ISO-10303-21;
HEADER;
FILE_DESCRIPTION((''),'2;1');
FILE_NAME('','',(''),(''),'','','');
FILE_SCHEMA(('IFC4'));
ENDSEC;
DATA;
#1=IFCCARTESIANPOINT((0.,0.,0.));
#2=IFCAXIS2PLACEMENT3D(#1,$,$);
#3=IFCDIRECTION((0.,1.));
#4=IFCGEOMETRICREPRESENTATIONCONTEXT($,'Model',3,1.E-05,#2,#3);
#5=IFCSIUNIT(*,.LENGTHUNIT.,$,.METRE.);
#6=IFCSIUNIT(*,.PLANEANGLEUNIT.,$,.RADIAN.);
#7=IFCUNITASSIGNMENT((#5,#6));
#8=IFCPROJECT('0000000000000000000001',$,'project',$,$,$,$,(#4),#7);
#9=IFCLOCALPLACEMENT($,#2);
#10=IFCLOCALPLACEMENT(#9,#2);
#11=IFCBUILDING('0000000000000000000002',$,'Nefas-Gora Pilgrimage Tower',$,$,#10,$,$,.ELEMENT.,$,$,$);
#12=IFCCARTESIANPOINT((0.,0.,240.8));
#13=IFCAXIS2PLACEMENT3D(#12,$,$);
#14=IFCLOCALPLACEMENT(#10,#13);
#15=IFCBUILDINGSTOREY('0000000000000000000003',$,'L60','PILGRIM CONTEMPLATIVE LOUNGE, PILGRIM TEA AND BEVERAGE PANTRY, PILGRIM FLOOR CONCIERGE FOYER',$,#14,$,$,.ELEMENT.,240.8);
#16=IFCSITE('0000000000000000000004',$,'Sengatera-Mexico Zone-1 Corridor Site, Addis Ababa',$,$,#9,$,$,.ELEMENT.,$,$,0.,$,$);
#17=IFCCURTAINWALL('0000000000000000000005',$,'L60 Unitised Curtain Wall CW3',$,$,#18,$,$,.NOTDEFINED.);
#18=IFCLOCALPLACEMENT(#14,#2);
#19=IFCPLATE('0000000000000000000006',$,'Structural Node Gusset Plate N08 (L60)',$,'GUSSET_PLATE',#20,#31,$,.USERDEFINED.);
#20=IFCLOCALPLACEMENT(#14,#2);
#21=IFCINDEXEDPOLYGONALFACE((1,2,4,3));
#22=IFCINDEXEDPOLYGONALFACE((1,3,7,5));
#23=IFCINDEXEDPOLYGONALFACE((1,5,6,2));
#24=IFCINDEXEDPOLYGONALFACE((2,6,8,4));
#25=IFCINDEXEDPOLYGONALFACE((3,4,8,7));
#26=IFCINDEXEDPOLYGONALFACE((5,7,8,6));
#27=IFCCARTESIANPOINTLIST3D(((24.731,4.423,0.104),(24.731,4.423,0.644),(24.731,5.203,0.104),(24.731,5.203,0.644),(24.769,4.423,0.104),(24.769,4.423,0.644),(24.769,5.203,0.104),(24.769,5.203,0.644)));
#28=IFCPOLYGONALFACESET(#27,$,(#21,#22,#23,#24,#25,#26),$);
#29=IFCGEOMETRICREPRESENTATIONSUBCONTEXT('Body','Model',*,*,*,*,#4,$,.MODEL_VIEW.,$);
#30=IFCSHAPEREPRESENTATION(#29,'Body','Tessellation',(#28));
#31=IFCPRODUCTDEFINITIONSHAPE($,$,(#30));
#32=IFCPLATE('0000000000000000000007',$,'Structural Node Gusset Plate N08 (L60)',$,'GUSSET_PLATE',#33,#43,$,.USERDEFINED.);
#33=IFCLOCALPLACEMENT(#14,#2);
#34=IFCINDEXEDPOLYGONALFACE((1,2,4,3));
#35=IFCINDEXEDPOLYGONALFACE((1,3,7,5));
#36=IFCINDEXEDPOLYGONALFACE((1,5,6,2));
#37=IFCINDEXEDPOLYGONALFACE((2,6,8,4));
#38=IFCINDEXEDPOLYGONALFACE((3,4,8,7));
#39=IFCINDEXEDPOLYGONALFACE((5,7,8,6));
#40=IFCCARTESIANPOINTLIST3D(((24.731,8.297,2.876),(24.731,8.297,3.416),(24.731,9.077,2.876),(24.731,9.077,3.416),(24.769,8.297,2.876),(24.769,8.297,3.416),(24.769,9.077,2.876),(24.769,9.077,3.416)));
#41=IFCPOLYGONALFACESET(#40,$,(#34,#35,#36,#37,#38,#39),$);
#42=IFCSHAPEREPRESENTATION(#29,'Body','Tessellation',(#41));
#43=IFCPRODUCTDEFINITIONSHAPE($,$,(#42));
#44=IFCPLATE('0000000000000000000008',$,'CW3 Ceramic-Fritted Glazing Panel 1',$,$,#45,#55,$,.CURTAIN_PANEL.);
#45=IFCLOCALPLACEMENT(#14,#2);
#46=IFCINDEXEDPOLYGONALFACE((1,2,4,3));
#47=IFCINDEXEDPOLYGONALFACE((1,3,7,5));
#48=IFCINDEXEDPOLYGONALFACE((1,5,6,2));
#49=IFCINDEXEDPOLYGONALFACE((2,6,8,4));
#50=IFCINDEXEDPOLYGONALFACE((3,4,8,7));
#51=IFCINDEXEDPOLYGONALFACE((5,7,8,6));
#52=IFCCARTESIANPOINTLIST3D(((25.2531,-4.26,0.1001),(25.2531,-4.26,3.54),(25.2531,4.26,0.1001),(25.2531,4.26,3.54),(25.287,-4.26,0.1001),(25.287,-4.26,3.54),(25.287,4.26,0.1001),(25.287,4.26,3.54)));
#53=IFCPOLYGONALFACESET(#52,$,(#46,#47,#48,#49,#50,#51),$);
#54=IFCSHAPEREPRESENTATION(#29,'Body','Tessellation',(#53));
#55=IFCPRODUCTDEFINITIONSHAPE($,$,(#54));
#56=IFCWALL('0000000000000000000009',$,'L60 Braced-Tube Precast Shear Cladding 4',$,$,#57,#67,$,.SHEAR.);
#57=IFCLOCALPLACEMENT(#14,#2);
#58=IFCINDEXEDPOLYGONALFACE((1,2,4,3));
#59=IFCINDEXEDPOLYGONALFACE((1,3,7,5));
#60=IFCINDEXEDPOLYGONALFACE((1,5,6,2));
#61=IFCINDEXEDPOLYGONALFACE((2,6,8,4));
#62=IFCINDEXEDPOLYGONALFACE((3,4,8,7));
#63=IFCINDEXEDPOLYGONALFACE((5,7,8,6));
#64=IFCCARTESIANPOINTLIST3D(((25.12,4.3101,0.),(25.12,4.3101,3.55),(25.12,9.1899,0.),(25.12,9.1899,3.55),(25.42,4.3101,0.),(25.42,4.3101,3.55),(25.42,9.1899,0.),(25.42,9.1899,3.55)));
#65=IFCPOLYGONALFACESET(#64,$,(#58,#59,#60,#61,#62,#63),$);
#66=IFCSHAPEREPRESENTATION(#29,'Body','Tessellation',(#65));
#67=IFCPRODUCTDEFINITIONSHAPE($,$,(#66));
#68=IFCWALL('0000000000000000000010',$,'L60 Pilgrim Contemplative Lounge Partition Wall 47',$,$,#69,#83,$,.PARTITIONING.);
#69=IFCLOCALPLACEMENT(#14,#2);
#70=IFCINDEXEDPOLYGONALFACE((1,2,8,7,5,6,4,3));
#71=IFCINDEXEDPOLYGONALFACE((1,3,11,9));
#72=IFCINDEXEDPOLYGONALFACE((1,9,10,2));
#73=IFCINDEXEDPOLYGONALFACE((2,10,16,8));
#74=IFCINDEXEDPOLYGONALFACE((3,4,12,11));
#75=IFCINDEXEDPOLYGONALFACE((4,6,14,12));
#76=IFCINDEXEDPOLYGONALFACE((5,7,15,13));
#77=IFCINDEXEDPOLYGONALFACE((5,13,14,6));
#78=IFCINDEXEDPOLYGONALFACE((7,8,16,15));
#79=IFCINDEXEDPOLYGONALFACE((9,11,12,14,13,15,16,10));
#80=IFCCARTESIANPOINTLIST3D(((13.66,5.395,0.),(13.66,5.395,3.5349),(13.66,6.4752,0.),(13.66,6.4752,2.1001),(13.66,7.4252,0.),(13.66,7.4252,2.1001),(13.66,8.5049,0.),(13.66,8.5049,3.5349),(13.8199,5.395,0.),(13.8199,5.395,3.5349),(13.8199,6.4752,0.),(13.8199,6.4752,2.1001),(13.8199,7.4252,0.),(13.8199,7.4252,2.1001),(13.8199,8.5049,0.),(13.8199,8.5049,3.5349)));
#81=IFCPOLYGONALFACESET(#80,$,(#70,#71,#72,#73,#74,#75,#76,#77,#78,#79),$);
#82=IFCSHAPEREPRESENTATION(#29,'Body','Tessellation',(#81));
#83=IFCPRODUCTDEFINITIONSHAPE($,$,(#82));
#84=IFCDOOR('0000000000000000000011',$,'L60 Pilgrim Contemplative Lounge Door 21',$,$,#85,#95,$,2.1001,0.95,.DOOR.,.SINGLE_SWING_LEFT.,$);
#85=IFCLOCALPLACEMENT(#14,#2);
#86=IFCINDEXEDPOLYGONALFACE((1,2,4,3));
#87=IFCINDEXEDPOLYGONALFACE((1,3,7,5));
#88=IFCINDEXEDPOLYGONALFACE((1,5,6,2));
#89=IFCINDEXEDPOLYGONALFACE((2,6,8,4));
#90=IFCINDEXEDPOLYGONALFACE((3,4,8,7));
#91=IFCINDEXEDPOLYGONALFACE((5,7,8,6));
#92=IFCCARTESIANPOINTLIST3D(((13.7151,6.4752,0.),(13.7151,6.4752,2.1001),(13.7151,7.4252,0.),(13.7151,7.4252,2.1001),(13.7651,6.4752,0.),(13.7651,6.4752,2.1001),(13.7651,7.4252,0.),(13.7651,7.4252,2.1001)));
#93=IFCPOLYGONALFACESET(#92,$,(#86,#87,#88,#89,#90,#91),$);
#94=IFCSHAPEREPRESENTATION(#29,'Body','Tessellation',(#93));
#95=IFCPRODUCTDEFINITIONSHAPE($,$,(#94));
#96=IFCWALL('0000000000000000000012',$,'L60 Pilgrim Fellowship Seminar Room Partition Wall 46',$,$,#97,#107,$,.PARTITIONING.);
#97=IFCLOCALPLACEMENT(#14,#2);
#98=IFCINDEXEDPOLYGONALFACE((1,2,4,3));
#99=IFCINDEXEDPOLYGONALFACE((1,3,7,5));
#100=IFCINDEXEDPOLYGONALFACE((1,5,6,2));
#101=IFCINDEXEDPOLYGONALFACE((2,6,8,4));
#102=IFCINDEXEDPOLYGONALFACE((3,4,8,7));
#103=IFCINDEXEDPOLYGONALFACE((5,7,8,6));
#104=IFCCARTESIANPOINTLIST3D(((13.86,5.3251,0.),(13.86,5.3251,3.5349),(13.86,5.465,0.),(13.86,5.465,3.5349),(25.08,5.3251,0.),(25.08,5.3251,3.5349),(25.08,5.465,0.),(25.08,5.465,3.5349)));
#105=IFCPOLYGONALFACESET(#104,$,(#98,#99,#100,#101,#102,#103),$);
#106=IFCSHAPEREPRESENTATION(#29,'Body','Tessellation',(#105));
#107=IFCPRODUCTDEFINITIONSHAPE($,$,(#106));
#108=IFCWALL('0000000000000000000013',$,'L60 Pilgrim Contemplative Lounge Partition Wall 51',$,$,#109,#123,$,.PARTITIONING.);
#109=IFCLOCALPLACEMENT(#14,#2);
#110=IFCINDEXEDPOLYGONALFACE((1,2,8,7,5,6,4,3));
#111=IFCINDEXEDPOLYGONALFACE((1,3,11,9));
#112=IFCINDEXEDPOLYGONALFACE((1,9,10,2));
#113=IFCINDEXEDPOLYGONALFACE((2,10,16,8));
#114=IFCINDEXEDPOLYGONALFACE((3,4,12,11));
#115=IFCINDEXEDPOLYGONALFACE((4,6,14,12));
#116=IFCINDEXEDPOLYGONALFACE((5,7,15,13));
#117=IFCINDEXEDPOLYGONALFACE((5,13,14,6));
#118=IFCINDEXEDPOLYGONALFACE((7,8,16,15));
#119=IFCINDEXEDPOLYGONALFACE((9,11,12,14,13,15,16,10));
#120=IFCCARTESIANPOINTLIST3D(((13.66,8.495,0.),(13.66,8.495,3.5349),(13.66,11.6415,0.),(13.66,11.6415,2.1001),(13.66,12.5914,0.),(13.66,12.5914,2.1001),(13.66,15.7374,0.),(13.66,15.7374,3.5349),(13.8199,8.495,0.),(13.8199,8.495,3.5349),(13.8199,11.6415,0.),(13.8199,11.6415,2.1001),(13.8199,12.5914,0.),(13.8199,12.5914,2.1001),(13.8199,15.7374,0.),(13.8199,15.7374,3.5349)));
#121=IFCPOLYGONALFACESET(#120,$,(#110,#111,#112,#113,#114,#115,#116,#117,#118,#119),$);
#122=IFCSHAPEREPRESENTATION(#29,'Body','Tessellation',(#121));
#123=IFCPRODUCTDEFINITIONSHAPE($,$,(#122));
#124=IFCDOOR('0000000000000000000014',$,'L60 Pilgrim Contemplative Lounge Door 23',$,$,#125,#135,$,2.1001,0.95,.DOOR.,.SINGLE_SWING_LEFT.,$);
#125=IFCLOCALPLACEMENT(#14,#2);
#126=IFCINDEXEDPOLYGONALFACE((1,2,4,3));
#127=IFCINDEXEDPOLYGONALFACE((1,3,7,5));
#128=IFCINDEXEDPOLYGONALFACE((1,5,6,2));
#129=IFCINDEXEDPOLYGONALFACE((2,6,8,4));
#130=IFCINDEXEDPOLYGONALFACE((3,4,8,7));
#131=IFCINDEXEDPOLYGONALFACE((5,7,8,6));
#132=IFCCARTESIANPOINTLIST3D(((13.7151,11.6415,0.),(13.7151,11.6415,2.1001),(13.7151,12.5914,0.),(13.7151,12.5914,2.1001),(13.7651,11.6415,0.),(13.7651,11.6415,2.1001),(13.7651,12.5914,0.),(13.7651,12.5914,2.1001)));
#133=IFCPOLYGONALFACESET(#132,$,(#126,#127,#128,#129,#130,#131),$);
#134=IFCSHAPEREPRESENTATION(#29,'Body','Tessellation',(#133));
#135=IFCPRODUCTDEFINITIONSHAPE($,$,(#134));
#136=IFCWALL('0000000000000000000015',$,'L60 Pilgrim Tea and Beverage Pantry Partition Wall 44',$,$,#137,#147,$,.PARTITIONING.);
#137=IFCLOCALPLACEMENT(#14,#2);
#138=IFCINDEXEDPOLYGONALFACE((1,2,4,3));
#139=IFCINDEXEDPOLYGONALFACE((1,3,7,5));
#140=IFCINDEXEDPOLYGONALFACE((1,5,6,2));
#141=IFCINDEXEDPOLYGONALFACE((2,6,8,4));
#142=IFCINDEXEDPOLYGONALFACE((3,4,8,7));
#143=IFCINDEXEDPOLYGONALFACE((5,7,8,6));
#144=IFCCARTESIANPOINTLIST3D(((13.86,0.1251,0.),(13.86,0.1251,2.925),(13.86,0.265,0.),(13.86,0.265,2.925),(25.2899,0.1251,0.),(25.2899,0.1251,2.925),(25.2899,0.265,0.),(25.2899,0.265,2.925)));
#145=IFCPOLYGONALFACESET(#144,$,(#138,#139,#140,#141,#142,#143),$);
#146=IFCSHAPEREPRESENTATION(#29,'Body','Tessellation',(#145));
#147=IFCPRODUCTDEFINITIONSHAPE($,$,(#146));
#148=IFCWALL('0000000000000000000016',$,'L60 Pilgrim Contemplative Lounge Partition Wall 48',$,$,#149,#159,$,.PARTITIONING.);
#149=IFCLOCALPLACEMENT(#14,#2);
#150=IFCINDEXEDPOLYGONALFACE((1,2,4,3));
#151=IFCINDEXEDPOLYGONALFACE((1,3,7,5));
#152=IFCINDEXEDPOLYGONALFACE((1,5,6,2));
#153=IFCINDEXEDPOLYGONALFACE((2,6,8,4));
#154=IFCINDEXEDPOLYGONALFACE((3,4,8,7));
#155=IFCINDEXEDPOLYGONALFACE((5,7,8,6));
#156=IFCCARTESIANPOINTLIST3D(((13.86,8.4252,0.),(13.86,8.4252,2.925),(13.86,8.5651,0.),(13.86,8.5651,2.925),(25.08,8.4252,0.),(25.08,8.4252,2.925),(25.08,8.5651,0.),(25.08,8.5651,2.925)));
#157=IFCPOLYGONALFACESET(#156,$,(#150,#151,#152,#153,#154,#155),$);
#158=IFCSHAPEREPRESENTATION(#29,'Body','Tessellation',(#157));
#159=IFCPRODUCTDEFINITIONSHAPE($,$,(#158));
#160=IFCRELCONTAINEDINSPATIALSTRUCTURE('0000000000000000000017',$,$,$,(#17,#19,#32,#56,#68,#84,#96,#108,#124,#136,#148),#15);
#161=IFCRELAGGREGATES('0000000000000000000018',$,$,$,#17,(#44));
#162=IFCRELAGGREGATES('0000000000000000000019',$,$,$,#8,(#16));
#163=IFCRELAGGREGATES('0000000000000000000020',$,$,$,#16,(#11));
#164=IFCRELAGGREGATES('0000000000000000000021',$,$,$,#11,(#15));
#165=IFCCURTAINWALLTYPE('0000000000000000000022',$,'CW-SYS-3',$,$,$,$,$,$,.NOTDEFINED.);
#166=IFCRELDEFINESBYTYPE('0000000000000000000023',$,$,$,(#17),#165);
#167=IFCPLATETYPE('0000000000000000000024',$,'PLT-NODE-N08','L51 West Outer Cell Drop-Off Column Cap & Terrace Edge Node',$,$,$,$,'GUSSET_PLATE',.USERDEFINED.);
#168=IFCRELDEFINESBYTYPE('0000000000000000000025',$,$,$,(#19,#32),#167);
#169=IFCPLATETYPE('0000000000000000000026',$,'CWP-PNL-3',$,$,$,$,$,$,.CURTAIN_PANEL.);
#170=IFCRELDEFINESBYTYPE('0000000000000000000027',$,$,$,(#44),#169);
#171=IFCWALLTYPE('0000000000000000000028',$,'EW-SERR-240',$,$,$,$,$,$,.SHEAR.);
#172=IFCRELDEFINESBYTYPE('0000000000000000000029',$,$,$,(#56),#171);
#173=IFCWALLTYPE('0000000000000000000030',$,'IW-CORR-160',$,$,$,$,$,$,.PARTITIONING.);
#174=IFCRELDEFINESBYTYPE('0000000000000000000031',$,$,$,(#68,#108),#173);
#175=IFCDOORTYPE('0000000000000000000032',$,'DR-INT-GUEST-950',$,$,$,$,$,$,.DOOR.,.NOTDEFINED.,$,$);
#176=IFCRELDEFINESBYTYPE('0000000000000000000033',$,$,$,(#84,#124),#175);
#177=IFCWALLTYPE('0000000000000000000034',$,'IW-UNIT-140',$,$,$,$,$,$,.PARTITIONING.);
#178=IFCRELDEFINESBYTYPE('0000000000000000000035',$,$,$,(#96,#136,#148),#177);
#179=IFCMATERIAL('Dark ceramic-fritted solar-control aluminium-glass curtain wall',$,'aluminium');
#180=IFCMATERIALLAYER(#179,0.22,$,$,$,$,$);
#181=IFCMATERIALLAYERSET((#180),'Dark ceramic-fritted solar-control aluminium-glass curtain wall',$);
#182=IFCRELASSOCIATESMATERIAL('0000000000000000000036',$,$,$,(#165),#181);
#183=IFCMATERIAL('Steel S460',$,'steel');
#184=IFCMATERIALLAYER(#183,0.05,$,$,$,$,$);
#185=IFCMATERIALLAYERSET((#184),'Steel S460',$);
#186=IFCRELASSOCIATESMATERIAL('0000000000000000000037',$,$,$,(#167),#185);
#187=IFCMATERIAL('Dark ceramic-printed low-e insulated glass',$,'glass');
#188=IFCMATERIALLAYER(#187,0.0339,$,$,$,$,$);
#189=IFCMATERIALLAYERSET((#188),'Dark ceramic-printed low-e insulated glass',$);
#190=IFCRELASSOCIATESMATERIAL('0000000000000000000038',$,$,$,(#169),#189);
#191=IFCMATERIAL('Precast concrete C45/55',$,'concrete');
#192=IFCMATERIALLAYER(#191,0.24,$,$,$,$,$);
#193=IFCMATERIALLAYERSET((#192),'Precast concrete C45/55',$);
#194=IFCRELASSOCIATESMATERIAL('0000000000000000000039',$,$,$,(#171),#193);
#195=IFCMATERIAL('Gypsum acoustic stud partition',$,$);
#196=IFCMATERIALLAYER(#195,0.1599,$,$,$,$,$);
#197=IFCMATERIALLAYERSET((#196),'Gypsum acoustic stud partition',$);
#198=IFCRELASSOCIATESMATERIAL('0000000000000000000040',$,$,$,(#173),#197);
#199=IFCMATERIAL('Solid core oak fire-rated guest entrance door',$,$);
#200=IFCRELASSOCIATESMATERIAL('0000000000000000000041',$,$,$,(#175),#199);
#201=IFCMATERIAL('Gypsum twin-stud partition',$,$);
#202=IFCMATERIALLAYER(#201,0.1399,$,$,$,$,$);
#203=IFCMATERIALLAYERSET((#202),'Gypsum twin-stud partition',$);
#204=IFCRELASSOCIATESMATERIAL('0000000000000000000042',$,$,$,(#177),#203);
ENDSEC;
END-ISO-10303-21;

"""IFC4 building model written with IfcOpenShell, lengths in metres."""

from ifc_helpers import new_model, si_unit, direction, frame, frame_2d, origin, origin_2d, place, context, subcontext, project, spatial, rectangle, extrude, source, transform, mapped, material, layer, layer_set, type_object, element, fill, aggregate, save


model = new_model("IFC4")

# Units and contexts
model_context = context("Model", 3, precision=1e-05, world=origin(), true_north=direction((0.0, 1.0)))
body_context = subcontext(model_context, "Body", "Model", "MODEL_VIEW")
ifc_project = project(units=[si_unit("LENGTHUNIT", "METRE"), si_unit("PLANEANGLEUNIT", "RADIAN")], contexts=[model_context])

# Site, building, storey
site_placement = place(None, origin())
site = spatial("IfcSite", under=ifc_project, at=site_placement, Name="Sengatera-Mexico Zone-1 Corridor Site, Addis Ababa", CompositionType="ELEMENT", RefElevation=0.0)
building_placement = place(site_placement, origin())
building = spatial("IfcBuilding", under=site, at=building_placement, Name="Nefas-Gora Pilgrimage Tower", CompositionType="ELEMENT")
storey_placement = place(building_placement, frame((0.0, 0.0, 240.8)))
storey = spatial("IfcBuildingStorey", under=building, at=storey_placement, Name="L60", Description="PILGRIM CONTEMPLATIVE LOUNGE, PILGRIM TEA AND BEVERAGE PANTRY, PILGRIM FLOOR CONCIERGE FOYER", CompositionType="ELEMENT", Elevation=240.8)

# Shared definitions
ifc_material_1 = material(Name="Steel S460", Category="steel")

# Curtain wall
ifc_material_2 = material(Name="Dark ceramic-fritted solar-control aluminium-glass curtain wall", Category="aluminium")
ifc_layer_1 = layer(ifc_material_2, 0.22)
ifc_layer_set_1 = layer_set([ifc_layer_1], Name="Dark ceramic-fritted solar-control aluminium-glass curtain wall")
curtain_wall_type = type_object("IfcCurtainWallType", Name="CW-SYS-3", PredefinedType="NOTDEFINED", material=ifc_layer_set_1)
curtain_wall_placement = place(storey_placement, origin())
curtain_wall = element("IfcCurtainWall", 1, at=curtain_wall_placement, inside=storey, type_object=curtain_wall_type, Name="L60 Unitised Curtain Wall CW3", PredefinedType="NOTDEFINED")

# Plates
ifc_layer_2 = layer(ifc_material_1, 0.05)
ifc_layer_set_2 = layer_set([ifc_layer_2], Name="Steel S460")
plate_type_1 = type_object("IfcPlateType", Name="PLT-NODE-N08", Description="L51 West Outer Cell Drop-Off Column Cap & Terrace Edge Node", ElementType="GUSSET_PLATE", PredefinedType="USERDEFINED", material=ifc_layer_set_2)
shared_shape_1 = source(origin(), body_context, "Body", "SweptSolid", [
    extrude(rectangle(XDim=0.78, YDim=0.0381, at=origin_2d()), origin(), (0.0, 0.0, 1.0), 0.54),
])
for number, where, z_axis, x_axis, name in (
    (2, (24.75, 4.813, 0.104), (0.0, 0.0, 1.0), (0.0, 1.0, 0.0), "Structural Node Gusset Plate N08 (L60)"),
    (3, (24.75, 8.687, 2.876), (0.0, 0.0, 1.0), (0.0, 1.0, 0.0), "Structural Node Gusset Plate N08 (L60)"),
):
    element("IfcPlate", number, at=place(storey_placement, frame(where, z_axis=z_axis, x_axis=x_axis)), inside=storey, type_object=plate_type_1, Name=name, ObjectType="GUSSET_PLATE", PredefinedType="USERDEFINED", context=body_context, shape_type="MappedRepresentation", body=[
        mapped(shared_shape_1, transform((0.0, 0.0, 0.0), x_axis=(1.0, 0.0, 0.0), y_axis=(0.0, 1.0, 0.0), z_axis=(0.0, 0.0, 1.0), scale=1.0)),
    ])

# Plate
ifc_material_3 = material(Name="Dark ceramic-printed low-e insulated glass", Category="glass")
ifc_layer_3 = layer(ifc_material_3, 0.0339)
ifc_layer_set_3 = layer_set([ifc_layer_3], Name="Dark ceramic-printed low-e insulated glass")
plate_type_2 = type_object("IfcPlateType", Name="CWP-PNL-3", PredefinedType="CURTAIN_PANEL", material=ifc_layer_set_3)
shared_shape_2 = source(origin(), body_context, "Body", "SweptSolid", [
    extrude(rectangle(XDim=8.52, YDim=0.0339, at=origin_2d()), origin(), (0.0, 0.0, 1.0), 3.4399),
])
plate_placement = place(storey_placement, frame((25.27, 0.0, 0.1001), z_axis=(0.0, 0.0, 1.0), x_axis=(0.0, 1.0, 0.0)))
plate = element("IfcPlate", 4, at=plate_placement, type_object=plate_type_2, Name="CW3 Ceramic-Fritted Glazing Panel 1", PredefinedType="CURTAIN_PANEL", context=body_context, shape_type="MappedRepresentation", body=[
    mapped(shared_shape_2, transform((0.0, 0.0, 0.0), x_axis=(1.0, 0.0, 0.0), y_axis=(0.0, 1.0, 0.0), z_axis=(0.0, 0.0, 1.0), scale=1.0)),
])
aggregate(curtain_wall, [plate])

# Wall
ifc_material_4 = material(Name="Precast concrete C45/55", Category="concrete")
ifc_layer_4 = layer(ifc_material_4, 0.24)
ifc_layer_set_4 = layer_set([ifc_layer_4], Name="Precast concrete C45/55")
wall_type_1 = type_object("IfcWallType", Name="EW-SERR-240", PredefinedType="SHEAR", material=ifc_layer_set_4)
shared_shape_3 = source(origin(), body_context, "Body", "SweptSolid", [
    extrude(rectangle(XDim=4.8799, YDim=0.3, at=frame_2d((2.4399, 0.0))), origin(), (0.0, 0.0, 1.0), 3.55),
])
wall_1_placement = place(storey_placement, frame((25.27, 4.3101, 0.0), z_axis=(0.0, 0.0, 1.0), x_axis=(0.0, 1.0, 0.0)))
element("IfcWall", 5, at=wall_1_placement, inside=storey, type_object=wall_type_1, Name="L60 Braced-Tube Precast Shear Cladding 4", PredefinedType="SHEAR", context=body_context, shape_type="MappedRepresentation", body=[
    mapped(shared_shape_3, transform((0.0, 0.0, 0.0), x_axis=(1.0, 0.0, 0.0), y_axis=(0.0, 1.0, 0.0), z_axis=(0.0, 0.0, 1.0), scale=1.0)),
])

# Wall, opening, door
ifc_material_5 = material(Name="Gypsum acoustic stud partition")
ifc_layer_5 = layer(ifc_material_5, 0.1599)
ifc_layer_set_5 = layer_set([ifc_layer_5], Name="Gypsum acoustic stud partition")
wall_type_2 = type_object("IfcWallType", Name="IW-CORR-160", PredefinedType="PARTITIONING", material=ifc_layer_set_5)
shared_shape_4 = source(origin(), body_context, "Body", "SweptSolid", [
    extrude(rectangle(XDim=3.1099, YDim=0.1599, at=frame_2d((1.5549, 0.0))), origin(), (0.0, 0.0, 1.0), 3.5349),
])
wall_2_placement = place(storey_placement, frame((13.74, 5.395, 0.0), z_axis=(0.0, 0.0, 1.0), x_axis=(0.0, 1.0, 0.0)))
wall_2 = element("IfcWall", 6, at=wall_2_placement, inside=storey, type_object=wall_type_2, Name="L60 Pilgrim Contemplative Lounge Partition Wall 47", PredefinedType="PARTITIONING", context=body_context, shape_type="MappedRepresentation", body=[
    mapped(shared_shape_4, transform((0.0, 0.0, 0.0), x_axis=(1.0, 0.0, 0.0), y_axis=(0.0, 1.0, 0.0), z_axis=(0.0, 0.0, 1.0), scale=1.0)),
])
opening_1_placement = place(wall_2_placement, frame((1.0801, 0.0, 0.0)))
opening_1 = element("IfcOpeningElement", 7, at=opening_1_placement, cuts=wall_2, PredefinedType="OPENING", context=body_context, shape_type="SweptSolid", body=[
    extrude(rectangle(XDim=0.95, YDim=2.1001, at=frame_2d((0.4751, 1.05))), frame((0.0, 0.0898, 0.0), z_axis=(0.0, -1.0, 0.0), x_axis=(1.0, 0.0, 0.0)), (0.0, 0.0, 1.0), 0.1799),
])
ifc_material_6 = material(Name="Solid core oak fire-rated guest entrance door")
door_type = type_object("IfcDoorType", Name="DR-INT-GUEST-950", OperationType="NOTDEFINED", PredefinedType="DOOR", material=ifc_material_6)
shared_shape_5 = source(origin(), body_context, "Body", "SweptSolid", [
    extrude(rectangle(XDim=0.95, YDim=2.1001, at=frame_2d((0.4751, 1.05))), frame((0.0, 0.0249, 0.0), z_axis=(0.0, -1.0, 0.0), x_axis=(1.0, 0.0, 0.0)), (0.0, 0.0, 1.0), 0.05),
])
door_1_placement = place(opening_1_placement, origin())
door_1 = element("IfcDoor", 8, at=door_1_placement, inside=storey, type_object=door_type, Name="L60 Pilgrim Contemplative Lounge Door 21", OperationType="SINGLE_SWING_LEFT", OverallHeight=2.1001, OverallWidth=0.95, PredefinedType="DOOR", context=body_context, shape_type="MappedRepresentation", body=[
    mapped(shared_shape_5, transform((0.0, 0.0, 0.0), x_axis=(1.0, 0.0, 0.0), y_axis=(0.0, 1.0, 0.0), z_axis=(0.0, 0.0, 1.0), scale=1.0)),
])
fill(opening_1, door_1)

# Wall
ifc_material_7 = material(Name="Gypsum twin-stud partition")
ifc_layer_6 = layer(ifc_material_7, 0.1399)
ifc_layer_set_6 = layer_set([ifc_layer_6], Name="Gypsum twin-stud partition")
wall_type_3 = type_object("IfcWallType", Name="IW-UNIT-140", PredefinedType="PARTITIONING", material=ifc_layer_set_6)
shared_shape_6 = source(origin(), body_context, "Body", "SweptSolid", [
    extrude(rectangle(XDim=11.22, YDim=0.1399, at=frame_2d((5.6099, 0.0))), origin(), (0.0, 0.0, 1.0), 3.5349),
])
wall_3_placement = place(storey_placement, frame((13.8601, 5.395, 0.0), z_axis=(0.0, 0.0, 1.0), x_axis=(1.0, 0.0, 0.0)))
element("IfcWall", 9, at=wall_3_placement, inside=storey, type_object=wall_type_3, Name="L60 Pilgrim Fellowship Seminar Room Partition Wall 46", PredefinedType="PARTITIONING", context=body_context, shape_type="MappedRepresentation", body=[
    mapped(shared_shape_6, transform((0.0, 0.0, 0.0), x_axis=(1.0, 0.0, 0.0), y_axis=(0.0, 1.0, 0.0), z_axis=(0.0, 0.0, 1.0), scale=1.0)),
])

# Wall, opening, door
shared_shape_7 = source(origin(), body_context, "Body", "SweptSolid", [
    extrude(rectangle(XDim=7.2424, YDim=0.1599, at=frame_2d((3.6211, 0.0))), origin(), (0.0, 0.0, 1.0), 3.5349),
])
wall_4_placement = place(storey_placement, frame((13.74, 8.4951, 0.0), z_axis=(0.0, 0.0, 1.0), x_axis=(0.0, 1.0, 0.0)))
wall_4 = element("IfcWall", 10, at=wall_4_placement, inside=storey, type_object=wall_type_2, Name="L60 Pilgrim Contemplative Lounge Partition Wall 51", PredefinedType="PARTITIONING", context=body_context, shape_type="MappedRepresentation", body=[
    mapped(shared_shape_7, transform((0.0, 0.0, 0.0), x_axis=(1.0, 0.0, 0.0), y_axis=(0.0, 1.0, 0.0), z_axis=(0.0, 0.0, 1.0), scale=1.0)),
])
opening_2_placement = place(wall_4_placement, frame((3.1462, 0.0, 0.0)))
opening_2 = element("IfcOpeningElement", 11, at=opening_2_placement, cuts=wall_4, PredefinedType="OPENING", context=body_context, shape_type="SweptSolid", body=[
    extrude(rectangle(XDim=0.95, YDim=2.1001, at=frame_2d((0.4751, 1.05))), frame((0.0, 0.0898, 0.0), z_axis=(0.0, -1.0, 0.0), x_axis=(1.0, 0.0, 0.0)), (0.0, 0.0, 1.0), 0.1799),
])
door_2_placement = place(opening_2_placement, origin())
door_2 = element("IfcDoor", 12, at=door_2_placement, inside=storey, type_object=door_type, Name="L60 Pilgrim Contemplative Lounge Door 23", OperationType="SINGLE_SWING_LEFT", OverallHeight=2.1001, OverallWidth=0.95, PredefinedType="DOOR", context=body_context, shape_type="MappedRepresentation", body=[
    mapped(shared_shape_5, transform((0.0, 0.0, 0.0), x_axis=(1.0, 0.0, 0.0), y_axis=(0.0, 1.0, 0.0), z_axis=(0.0, 0.0, 1.0), scale=1.0)),
])
fill(opening_2, door_2)

# Walls
shared_shape_8 = source(origin(), body_context, "Body", "SweptSolid", [
    extrude(rectangle(XDim=11.4299, YDim=0.1399, at=frame_2d((5.7148, 0.0))), origin(), (0.0, 0.0, 1.0), 2.925),
])
wall_5_placement = place(storey_placement, frame((13.8601, 0.1951, 0.0), z_axis=(0.0, 0.0, 1.0), x_axis=(1.0, 0.0, 0.0)))
element("IfcWall", 13, at=wall_5_placement, inside=storey, type_object=wall_type_3, Name="L60 Pilgrim Tea and Beverage Pantry Partition Wall 44", PredefinedType="PARTITIONING", context=body_context, shape_type="MappedRepresentation", body=[
    mapped(shared_shape_8, transform((0.0, 0.0, 0.0), x_axis=(1.0, 0.0, 0.0), y_axis=(0.0, 1.0, 0.0), z_axis=(0.0, 0.0, 1.0), scale=1.0)),
])
shared_shape_9 = source(origin(), body_context, "Body", "SweptSolid", [
    extrude(rectangle(XDim=11.22, YDim=0.1399, at=frame_2d((5.6099, 0.0))), origin(), (0.0, 0.0, 1.0), 2.925),
])
wall_6_placement = place(storey_placement, frame((13.8601, 8.4951, 0.0), z_axis=(0.0, 0.0, 1.0), x_axis=(1.0, 0.0, 0.0)))
element("IfcWall", 14, at=wall_6_placement, inside=storey, type_object=wall_type_3, Name="L60 Pilgrim Contemplative Lounge Partition Wall 48", PredefinedType="PARTITIONING", context=body_context, shape_type="MappedRepresentation", body=[
    mapped(shared_shape_9, transform((0.0, 0.0, 0.0), x_axis=(1.0, 0.0, 0.0), y_axis=(0.0, 1.0, 0.0), z_axis=(0.0, 0.0, 1.0), scale=1.0)),
])

save(model, "model.ifc")
